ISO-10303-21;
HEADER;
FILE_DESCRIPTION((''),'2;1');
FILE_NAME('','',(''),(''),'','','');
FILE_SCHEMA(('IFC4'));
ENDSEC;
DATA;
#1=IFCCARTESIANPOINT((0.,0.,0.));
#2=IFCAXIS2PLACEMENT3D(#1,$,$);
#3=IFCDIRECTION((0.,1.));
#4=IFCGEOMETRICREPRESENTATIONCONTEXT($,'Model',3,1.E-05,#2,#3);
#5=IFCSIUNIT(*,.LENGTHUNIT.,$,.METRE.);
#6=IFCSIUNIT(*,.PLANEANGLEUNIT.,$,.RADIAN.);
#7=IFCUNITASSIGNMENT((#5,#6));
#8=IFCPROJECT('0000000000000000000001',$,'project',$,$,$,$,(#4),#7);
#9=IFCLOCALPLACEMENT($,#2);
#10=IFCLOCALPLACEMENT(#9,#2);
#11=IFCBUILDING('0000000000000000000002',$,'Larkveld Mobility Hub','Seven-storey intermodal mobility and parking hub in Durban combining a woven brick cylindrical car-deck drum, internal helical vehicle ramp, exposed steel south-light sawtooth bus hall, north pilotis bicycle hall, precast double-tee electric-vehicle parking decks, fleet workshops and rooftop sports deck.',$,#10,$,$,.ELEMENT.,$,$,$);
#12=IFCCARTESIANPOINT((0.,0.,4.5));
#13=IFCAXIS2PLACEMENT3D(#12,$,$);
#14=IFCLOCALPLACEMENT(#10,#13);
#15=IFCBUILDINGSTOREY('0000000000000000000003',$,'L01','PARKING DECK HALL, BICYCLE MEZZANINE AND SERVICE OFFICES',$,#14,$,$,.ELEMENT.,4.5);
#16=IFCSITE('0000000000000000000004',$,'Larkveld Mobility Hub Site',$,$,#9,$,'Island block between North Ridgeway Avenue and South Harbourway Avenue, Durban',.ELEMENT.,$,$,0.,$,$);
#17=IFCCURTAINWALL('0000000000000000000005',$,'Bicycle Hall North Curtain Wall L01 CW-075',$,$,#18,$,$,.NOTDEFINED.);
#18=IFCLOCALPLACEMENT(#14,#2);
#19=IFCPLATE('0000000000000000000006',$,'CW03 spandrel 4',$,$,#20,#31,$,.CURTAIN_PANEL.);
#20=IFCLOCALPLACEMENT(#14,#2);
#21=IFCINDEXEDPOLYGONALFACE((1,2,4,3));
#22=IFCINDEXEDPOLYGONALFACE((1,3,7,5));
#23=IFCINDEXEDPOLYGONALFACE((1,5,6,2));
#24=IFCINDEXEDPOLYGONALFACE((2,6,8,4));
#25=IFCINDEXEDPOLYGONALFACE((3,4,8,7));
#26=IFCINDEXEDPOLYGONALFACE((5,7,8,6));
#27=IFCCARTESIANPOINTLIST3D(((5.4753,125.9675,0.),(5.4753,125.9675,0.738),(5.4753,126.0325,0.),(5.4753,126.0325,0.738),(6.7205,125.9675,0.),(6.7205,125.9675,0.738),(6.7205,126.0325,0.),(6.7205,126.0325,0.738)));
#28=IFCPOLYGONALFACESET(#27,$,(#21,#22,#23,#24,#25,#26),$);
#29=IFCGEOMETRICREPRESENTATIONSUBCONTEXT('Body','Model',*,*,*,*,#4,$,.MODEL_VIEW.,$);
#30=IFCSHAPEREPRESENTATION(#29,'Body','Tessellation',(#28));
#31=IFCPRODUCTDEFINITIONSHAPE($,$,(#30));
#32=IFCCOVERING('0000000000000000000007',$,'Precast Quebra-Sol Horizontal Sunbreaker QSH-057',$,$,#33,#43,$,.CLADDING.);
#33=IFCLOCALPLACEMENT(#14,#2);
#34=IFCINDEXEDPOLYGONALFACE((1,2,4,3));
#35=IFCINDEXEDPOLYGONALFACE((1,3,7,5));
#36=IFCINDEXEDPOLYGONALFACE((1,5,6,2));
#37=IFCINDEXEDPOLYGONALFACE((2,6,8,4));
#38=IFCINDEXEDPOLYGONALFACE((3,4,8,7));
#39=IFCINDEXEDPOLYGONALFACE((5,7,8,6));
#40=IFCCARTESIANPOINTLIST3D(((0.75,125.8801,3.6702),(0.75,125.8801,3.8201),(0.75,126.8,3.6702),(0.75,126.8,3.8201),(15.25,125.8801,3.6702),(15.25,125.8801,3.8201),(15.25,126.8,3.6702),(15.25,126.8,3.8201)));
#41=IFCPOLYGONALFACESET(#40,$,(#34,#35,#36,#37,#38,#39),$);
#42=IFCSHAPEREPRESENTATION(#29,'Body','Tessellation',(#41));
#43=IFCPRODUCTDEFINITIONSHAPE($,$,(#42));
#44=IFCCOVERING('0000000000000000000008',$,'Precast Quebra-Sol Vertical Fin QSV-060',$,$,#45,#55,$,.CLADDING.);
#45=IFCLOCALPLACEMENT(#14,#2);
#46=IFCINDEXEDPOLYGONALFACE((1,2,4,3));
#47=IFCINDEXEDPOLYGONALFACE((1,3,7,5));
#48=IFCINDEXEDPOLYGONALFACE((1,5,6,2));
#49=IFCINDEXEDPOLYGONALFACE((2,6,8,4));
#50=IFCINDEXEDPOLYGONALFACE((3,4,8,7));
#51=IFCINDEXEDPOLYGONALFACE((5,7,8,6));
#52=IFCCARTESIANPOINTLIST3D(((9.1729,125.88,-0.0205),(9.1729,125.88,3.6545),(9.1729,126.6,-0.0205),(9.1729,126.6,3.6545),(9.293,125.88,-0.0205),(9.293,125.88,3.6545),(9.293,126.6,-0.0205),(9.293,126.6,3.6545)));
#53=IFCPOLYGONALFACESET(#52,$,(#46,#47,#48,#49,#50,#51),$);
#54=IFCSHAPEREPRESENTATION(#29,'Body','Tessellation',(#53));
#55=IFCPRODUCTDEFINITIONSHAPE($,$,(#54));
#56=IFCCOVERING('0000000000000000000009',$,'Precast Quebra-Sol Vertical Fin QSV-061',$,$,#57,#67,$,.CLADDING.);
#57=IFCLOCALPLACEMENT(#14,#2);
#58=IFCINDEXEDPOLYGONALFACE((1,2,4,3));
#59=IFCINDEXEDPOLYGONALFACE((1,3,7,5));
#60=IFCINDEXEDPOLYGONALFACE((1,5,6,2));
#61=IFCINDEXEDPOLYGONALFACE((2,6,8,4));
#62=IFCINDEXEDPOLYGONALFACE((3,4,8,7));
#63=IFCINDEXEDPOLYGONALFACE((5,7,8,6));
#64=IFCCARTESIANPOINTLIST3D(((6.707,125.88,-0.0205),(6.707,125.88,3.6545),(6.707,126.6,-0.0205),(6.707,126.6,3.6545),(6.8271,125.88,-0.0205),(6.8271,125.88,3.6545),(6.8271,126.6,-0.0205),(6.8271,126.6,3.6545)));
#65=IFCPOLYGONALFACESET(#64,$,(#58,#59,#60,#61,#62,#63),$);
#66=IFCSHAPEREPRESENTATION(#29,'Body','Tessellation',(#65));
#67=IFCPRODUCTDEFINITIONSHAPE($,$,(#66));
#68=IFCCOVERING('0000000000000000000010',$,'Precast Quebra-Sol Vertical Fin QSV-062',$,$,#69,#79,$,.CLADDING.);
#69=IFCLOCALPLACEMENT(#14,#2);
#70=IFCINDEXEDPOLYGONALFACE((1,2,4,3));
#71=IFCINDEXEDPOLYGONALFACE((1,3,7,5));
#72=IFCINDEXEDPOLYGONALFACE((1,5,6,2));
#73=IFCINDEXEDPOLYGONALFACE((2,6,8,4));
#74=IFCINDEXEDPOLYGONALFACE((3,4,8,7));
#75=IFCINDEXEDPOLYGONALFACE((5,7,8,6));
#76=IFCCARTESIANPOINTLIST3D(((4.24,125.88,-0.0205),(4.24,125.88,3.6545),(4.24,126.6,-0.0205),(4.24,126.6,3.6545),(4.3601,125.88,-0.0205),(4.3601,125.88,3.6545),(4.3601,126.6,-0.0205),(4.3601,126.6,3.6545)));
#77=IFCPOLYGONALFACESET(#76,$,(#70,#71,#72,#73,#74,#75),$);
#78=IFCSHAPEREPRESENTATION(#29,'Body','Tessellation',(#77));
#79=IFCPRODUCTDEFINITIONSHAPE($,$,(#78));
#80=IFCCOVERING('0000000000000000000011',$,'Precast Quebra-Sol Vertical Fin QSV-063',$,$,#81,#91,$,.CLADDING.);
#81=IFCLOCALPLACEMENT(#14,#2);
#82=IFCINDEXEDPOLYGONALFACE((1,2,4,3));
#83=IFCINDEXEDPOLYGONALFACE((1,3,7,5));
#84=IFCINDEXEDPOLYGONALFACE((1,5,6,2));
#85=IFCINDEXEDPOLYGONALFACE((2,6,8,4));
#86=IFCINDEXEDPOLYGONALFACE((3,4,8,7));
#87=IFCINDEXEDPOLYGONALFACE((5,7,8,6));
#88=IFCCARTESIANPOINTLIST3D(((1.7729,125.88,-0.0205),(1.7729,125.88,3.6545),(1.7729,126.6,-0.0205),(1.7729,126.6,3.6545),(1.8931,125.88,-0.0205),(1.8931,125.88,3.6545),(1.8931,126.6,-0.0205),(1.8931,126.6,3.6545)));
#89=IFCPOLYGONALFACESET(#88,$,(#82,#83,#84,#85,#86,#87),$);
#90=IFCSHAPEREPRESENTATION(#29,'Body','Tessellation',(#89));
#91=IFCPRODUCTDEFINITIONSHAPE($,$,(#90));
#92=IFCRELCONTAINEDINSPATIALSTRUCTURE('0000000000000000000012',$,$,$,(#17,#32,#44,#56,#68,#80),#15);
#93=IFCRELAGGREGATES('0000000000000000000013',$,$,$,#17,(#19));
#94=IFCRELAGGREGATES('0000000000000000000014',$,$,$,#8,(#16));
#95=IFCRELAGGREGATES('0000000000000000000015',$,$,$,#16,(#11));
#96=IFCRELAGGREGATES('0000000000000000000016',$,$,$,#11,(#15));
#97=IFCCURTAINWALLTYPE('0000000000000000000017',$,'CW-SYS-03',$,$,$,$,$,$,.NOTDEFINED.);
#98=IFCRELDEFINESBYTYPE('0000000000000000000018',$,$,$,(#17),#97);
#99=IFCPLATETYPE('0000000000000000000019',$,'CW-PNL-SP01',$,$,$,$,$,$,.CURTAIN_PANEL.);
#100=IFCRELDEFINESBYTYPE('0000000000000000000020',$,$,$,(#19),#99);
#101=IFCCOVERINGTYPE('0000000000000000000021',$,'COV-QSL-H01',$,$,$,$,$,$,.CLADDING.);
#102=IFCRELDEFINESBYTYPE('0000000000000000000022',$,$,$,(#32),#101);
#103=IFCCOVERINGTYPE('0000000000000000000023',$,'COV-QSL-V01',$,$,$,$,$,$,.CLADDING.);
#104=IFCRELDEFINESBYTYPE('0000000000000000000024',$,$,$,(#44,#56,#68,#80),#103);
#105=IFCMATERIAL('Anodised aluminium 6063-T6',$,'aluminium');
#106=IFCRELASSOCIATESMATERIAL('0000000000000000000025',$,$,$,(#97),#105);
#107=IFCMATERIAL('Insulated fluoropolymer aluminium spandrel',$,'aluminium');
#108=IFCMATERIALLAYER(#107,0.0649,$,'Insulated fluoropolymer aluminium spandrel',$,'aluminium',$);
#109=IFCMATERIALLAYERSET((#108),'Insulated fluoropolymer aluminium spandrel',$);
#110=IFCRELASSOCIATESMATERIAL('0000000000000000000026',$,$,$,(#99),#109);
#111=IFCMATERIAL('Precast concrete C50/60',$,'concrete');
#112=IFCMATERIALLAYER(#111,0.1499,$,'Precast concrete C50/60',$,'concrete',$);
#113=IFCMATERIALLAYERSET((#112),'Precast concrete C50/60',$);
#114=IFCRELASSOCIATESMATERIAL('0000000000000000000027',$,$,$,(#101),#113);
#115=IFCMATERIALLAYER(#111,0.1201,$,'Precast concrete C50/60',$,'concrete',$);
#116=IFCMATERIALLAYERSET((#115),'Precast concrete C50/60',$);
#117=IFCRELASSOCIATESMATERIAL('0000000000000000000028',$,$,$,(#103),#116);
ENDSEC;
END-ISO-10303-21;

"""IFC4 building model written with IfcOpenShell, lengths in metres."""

from ifc_helpers import new_model, si_unit, direction, frame, origin, origin_2d, place, context, subcontext, project, spatial, rectangle, extrude, material, layer, layer_set, type_object, element, aggregate, save


model = new_model("IFC4")

# Units and contexts
model_context = context("Model", 3, precision=1e-05, world=origin(), true_north=direction((0.0, 1.0)))
body_context = subcontext(model_context, "Body", "Model", "MODEL_VIEW")
ifc_project = project(units=[si_unit("LENGTHUNIT", "METRE"), si_unit("PLANEANGLEUNIT", "RADIAN")], contexts=[model_context])

# Site, building, storey
site_placement = place(None, origin())
site = spatial("IfcSite", under=ifc_project, at=site_placement, Name="Larkveld Mobility Hub Site", LongName="Island block between North Ridgeway Avenue and South Harbourway Avenue, Durban", CompositionType="ELEMENT", RefElevation=0.0)
building_placement = place(site_placement, origin())
building = spatial("IfcBuilding", under=site, at=building_placement, Name="Larkveld Mobility Hub", Description="Seven-storey intermodal mobility and parking hub in Durban combining a woven brick cylindrical car-deck drum, internal helical vehicle ramp, exposed steel south-light sawtooth bus hall, north pilotis bicycle hall, precast double-tee electric-vehicle parking decks, fleet workshops and rooftop sports deck.", CompositionType="ELEMENT")
storey_placement = place(building_placement, frame((0.0, 0.0, 4.5)))
storey = spatial("IfcBuildingStorey", under=building, at=storey_placement, Name="L01", Description="PARKING DECK HALL, BICYCLE MEZZANINE AND SERVICE OFFICES", CompositionType="ELEMENT", Elevation=4.5)

# Curtain wall
ifc_material_1 = material(Name="Anodised aluminium 6063-T6", Category="aluminium")
curtain_wall_type_1 = type_object("IfcCurtainWallType", Name="CW-SYS-03", PredefinedType="NOTDEFINED", material=ifc_material_1)
curtain_wall_1_placement = place(storey_placement, origin())
curtain_wall_1 = element("IfcCurtainWall", 1, at=curtain_wall_1_placement, inside=storey, type_object=curtain_wall_type_1, Name="Bicycle Hall North Curtain Wall L01 CW-075", PredefinedType="NOTDEFINED")

# Plate
ifc_material_2 = material(Name="Insulated fluoropolymer aluminium spandrel", Category="aluminium")
ifc_layer_1 = layer(ifc_material_2, 0.0649, Name="Insulated fluoropolymer aluminium spandrel", Category="aluminium")
ifc_layer_set_1 = layer_set([ifc_layer_1], Name="Insulated fluoropolymer aluminium spandrel")
plate_type_1 = type_object("IfcPlateType", Name="CW-PNL-SP01", PredefinedType="CURTAIN_PANEL", material=ifc_layer_set_1)
plate_1_placement = place(storey_placement, frame((6.0979, 126.0, 0.0), z_axis=(0.0, 0.0, 1.0), x_axis=(-1.0, 0.0, 0.0)))
plate_1 = element("IfcPlate", 2, at=plate_1_placement, type_object=plate_type_1, Name="CW03 spandrel 4", PredefinedType="CURTAIN_PANEL", context=body_context, shape_type="SweptSolid", body=[
    extrude(rectangle(XDim=1.2451, YDim=0.0649, at=origin_2d()), origin(), (0.0, 0.0, 1.0), 0.738),
])
aggregate(curtain_wall_1, [plate_1])

# Coverings
ifc_material_3 = material(Name="Precast concrete C50/60", Category="concrete")
ifc_layer_2 = layer(ifc_material_3, 0.1499, Name="Precast concrete C50/60", Category="concrete")
ifc_layer_set_2 = layer_set([ifc_layer_2], Name="Precast concrete C50/60")
covering_type_1 = type_object("IfcCoveringType", Name="COV-QSL-H01", PredefinedType="CLADDING", material=ifc_layer_set_2)
covering_placement = place(storey_placement, frame((8.0, 126.3401, 3.6702), z_axis=(0.0, 0.0, 1.0), x_axis=(-1.0, 0.0, 0.0)))
element("IfcCovering", 3, at=covering_placement, inside=storey, type_object=covering_type_1, Name="Precast Quebra-Sol Horizontal Sunbreaker QSH-057", PredefinedType="CLADDING", context=body_context, shape_type="SweptSolid", body=[
    extrude(rectangle(XDim=14.5, YDim=0.9199, at=origin_2d()), origin(), (0.0, 0.0, 1.0), 0.1499),
])
ifc_layer_3 = layer(ifc_material_3, 0.1201, Name="Precast concrete C50/60", Category="concrete")
ifc_layer_set_3 = layer_set([ifc_layer_3], Name="Precast concrete C50/60")
covering_type_2 = type_object("IfcCoveringType", Name="COV-QSL-V01", PredefinedType="CLADDING", material=ifc_layer_set_3)
for number, where, z_axis, x_axis, name in (
    (4, (9.2329, 126.24, -0.0205), (0.0, 0.0, 1.0), (-1.0, 0.0, 0.0), "Precast Quebra-Sol Vertical Fin QSV-060"),
    (5, (6.7671, 126.24, -0.0205), (0.0, 0.0, 1.0), (-1.0, 0.0, 0.0), "Precast Quebra-Sol Vertical Fin QSV-061"),
    (6, (4.3, 126.24, -0.0205), (0.0, 0.0, 1.0), (-1.0, 0.0, 0.0), "Precast Quebra-Sol Vertical Fin QSV-062"),
    (7, (1.833, 126.24, -0.0205), (0.0, 0.0, 1.0), (-1.0, 0.0, 0.0), "Precast Quebra-Sol Vertical Fin QSV-063"),
):
    element("IfcCovering", number, at=place(storey_placement, frame(where, z_axis=z_axis, x_axis=x_axis)), inside=storey, type_object=covering_type_2, Name=name, PredefinedType="CLADDING", context=body_context, shape_type="SweptSolid", body=[
        extrude(rectangle(XDim=0.1201, YDim=0.72, at=origin_2d()), origin(), (0.0, 0.0, 1.0), 3.675),
    ])

save(model, "model.ifc")
